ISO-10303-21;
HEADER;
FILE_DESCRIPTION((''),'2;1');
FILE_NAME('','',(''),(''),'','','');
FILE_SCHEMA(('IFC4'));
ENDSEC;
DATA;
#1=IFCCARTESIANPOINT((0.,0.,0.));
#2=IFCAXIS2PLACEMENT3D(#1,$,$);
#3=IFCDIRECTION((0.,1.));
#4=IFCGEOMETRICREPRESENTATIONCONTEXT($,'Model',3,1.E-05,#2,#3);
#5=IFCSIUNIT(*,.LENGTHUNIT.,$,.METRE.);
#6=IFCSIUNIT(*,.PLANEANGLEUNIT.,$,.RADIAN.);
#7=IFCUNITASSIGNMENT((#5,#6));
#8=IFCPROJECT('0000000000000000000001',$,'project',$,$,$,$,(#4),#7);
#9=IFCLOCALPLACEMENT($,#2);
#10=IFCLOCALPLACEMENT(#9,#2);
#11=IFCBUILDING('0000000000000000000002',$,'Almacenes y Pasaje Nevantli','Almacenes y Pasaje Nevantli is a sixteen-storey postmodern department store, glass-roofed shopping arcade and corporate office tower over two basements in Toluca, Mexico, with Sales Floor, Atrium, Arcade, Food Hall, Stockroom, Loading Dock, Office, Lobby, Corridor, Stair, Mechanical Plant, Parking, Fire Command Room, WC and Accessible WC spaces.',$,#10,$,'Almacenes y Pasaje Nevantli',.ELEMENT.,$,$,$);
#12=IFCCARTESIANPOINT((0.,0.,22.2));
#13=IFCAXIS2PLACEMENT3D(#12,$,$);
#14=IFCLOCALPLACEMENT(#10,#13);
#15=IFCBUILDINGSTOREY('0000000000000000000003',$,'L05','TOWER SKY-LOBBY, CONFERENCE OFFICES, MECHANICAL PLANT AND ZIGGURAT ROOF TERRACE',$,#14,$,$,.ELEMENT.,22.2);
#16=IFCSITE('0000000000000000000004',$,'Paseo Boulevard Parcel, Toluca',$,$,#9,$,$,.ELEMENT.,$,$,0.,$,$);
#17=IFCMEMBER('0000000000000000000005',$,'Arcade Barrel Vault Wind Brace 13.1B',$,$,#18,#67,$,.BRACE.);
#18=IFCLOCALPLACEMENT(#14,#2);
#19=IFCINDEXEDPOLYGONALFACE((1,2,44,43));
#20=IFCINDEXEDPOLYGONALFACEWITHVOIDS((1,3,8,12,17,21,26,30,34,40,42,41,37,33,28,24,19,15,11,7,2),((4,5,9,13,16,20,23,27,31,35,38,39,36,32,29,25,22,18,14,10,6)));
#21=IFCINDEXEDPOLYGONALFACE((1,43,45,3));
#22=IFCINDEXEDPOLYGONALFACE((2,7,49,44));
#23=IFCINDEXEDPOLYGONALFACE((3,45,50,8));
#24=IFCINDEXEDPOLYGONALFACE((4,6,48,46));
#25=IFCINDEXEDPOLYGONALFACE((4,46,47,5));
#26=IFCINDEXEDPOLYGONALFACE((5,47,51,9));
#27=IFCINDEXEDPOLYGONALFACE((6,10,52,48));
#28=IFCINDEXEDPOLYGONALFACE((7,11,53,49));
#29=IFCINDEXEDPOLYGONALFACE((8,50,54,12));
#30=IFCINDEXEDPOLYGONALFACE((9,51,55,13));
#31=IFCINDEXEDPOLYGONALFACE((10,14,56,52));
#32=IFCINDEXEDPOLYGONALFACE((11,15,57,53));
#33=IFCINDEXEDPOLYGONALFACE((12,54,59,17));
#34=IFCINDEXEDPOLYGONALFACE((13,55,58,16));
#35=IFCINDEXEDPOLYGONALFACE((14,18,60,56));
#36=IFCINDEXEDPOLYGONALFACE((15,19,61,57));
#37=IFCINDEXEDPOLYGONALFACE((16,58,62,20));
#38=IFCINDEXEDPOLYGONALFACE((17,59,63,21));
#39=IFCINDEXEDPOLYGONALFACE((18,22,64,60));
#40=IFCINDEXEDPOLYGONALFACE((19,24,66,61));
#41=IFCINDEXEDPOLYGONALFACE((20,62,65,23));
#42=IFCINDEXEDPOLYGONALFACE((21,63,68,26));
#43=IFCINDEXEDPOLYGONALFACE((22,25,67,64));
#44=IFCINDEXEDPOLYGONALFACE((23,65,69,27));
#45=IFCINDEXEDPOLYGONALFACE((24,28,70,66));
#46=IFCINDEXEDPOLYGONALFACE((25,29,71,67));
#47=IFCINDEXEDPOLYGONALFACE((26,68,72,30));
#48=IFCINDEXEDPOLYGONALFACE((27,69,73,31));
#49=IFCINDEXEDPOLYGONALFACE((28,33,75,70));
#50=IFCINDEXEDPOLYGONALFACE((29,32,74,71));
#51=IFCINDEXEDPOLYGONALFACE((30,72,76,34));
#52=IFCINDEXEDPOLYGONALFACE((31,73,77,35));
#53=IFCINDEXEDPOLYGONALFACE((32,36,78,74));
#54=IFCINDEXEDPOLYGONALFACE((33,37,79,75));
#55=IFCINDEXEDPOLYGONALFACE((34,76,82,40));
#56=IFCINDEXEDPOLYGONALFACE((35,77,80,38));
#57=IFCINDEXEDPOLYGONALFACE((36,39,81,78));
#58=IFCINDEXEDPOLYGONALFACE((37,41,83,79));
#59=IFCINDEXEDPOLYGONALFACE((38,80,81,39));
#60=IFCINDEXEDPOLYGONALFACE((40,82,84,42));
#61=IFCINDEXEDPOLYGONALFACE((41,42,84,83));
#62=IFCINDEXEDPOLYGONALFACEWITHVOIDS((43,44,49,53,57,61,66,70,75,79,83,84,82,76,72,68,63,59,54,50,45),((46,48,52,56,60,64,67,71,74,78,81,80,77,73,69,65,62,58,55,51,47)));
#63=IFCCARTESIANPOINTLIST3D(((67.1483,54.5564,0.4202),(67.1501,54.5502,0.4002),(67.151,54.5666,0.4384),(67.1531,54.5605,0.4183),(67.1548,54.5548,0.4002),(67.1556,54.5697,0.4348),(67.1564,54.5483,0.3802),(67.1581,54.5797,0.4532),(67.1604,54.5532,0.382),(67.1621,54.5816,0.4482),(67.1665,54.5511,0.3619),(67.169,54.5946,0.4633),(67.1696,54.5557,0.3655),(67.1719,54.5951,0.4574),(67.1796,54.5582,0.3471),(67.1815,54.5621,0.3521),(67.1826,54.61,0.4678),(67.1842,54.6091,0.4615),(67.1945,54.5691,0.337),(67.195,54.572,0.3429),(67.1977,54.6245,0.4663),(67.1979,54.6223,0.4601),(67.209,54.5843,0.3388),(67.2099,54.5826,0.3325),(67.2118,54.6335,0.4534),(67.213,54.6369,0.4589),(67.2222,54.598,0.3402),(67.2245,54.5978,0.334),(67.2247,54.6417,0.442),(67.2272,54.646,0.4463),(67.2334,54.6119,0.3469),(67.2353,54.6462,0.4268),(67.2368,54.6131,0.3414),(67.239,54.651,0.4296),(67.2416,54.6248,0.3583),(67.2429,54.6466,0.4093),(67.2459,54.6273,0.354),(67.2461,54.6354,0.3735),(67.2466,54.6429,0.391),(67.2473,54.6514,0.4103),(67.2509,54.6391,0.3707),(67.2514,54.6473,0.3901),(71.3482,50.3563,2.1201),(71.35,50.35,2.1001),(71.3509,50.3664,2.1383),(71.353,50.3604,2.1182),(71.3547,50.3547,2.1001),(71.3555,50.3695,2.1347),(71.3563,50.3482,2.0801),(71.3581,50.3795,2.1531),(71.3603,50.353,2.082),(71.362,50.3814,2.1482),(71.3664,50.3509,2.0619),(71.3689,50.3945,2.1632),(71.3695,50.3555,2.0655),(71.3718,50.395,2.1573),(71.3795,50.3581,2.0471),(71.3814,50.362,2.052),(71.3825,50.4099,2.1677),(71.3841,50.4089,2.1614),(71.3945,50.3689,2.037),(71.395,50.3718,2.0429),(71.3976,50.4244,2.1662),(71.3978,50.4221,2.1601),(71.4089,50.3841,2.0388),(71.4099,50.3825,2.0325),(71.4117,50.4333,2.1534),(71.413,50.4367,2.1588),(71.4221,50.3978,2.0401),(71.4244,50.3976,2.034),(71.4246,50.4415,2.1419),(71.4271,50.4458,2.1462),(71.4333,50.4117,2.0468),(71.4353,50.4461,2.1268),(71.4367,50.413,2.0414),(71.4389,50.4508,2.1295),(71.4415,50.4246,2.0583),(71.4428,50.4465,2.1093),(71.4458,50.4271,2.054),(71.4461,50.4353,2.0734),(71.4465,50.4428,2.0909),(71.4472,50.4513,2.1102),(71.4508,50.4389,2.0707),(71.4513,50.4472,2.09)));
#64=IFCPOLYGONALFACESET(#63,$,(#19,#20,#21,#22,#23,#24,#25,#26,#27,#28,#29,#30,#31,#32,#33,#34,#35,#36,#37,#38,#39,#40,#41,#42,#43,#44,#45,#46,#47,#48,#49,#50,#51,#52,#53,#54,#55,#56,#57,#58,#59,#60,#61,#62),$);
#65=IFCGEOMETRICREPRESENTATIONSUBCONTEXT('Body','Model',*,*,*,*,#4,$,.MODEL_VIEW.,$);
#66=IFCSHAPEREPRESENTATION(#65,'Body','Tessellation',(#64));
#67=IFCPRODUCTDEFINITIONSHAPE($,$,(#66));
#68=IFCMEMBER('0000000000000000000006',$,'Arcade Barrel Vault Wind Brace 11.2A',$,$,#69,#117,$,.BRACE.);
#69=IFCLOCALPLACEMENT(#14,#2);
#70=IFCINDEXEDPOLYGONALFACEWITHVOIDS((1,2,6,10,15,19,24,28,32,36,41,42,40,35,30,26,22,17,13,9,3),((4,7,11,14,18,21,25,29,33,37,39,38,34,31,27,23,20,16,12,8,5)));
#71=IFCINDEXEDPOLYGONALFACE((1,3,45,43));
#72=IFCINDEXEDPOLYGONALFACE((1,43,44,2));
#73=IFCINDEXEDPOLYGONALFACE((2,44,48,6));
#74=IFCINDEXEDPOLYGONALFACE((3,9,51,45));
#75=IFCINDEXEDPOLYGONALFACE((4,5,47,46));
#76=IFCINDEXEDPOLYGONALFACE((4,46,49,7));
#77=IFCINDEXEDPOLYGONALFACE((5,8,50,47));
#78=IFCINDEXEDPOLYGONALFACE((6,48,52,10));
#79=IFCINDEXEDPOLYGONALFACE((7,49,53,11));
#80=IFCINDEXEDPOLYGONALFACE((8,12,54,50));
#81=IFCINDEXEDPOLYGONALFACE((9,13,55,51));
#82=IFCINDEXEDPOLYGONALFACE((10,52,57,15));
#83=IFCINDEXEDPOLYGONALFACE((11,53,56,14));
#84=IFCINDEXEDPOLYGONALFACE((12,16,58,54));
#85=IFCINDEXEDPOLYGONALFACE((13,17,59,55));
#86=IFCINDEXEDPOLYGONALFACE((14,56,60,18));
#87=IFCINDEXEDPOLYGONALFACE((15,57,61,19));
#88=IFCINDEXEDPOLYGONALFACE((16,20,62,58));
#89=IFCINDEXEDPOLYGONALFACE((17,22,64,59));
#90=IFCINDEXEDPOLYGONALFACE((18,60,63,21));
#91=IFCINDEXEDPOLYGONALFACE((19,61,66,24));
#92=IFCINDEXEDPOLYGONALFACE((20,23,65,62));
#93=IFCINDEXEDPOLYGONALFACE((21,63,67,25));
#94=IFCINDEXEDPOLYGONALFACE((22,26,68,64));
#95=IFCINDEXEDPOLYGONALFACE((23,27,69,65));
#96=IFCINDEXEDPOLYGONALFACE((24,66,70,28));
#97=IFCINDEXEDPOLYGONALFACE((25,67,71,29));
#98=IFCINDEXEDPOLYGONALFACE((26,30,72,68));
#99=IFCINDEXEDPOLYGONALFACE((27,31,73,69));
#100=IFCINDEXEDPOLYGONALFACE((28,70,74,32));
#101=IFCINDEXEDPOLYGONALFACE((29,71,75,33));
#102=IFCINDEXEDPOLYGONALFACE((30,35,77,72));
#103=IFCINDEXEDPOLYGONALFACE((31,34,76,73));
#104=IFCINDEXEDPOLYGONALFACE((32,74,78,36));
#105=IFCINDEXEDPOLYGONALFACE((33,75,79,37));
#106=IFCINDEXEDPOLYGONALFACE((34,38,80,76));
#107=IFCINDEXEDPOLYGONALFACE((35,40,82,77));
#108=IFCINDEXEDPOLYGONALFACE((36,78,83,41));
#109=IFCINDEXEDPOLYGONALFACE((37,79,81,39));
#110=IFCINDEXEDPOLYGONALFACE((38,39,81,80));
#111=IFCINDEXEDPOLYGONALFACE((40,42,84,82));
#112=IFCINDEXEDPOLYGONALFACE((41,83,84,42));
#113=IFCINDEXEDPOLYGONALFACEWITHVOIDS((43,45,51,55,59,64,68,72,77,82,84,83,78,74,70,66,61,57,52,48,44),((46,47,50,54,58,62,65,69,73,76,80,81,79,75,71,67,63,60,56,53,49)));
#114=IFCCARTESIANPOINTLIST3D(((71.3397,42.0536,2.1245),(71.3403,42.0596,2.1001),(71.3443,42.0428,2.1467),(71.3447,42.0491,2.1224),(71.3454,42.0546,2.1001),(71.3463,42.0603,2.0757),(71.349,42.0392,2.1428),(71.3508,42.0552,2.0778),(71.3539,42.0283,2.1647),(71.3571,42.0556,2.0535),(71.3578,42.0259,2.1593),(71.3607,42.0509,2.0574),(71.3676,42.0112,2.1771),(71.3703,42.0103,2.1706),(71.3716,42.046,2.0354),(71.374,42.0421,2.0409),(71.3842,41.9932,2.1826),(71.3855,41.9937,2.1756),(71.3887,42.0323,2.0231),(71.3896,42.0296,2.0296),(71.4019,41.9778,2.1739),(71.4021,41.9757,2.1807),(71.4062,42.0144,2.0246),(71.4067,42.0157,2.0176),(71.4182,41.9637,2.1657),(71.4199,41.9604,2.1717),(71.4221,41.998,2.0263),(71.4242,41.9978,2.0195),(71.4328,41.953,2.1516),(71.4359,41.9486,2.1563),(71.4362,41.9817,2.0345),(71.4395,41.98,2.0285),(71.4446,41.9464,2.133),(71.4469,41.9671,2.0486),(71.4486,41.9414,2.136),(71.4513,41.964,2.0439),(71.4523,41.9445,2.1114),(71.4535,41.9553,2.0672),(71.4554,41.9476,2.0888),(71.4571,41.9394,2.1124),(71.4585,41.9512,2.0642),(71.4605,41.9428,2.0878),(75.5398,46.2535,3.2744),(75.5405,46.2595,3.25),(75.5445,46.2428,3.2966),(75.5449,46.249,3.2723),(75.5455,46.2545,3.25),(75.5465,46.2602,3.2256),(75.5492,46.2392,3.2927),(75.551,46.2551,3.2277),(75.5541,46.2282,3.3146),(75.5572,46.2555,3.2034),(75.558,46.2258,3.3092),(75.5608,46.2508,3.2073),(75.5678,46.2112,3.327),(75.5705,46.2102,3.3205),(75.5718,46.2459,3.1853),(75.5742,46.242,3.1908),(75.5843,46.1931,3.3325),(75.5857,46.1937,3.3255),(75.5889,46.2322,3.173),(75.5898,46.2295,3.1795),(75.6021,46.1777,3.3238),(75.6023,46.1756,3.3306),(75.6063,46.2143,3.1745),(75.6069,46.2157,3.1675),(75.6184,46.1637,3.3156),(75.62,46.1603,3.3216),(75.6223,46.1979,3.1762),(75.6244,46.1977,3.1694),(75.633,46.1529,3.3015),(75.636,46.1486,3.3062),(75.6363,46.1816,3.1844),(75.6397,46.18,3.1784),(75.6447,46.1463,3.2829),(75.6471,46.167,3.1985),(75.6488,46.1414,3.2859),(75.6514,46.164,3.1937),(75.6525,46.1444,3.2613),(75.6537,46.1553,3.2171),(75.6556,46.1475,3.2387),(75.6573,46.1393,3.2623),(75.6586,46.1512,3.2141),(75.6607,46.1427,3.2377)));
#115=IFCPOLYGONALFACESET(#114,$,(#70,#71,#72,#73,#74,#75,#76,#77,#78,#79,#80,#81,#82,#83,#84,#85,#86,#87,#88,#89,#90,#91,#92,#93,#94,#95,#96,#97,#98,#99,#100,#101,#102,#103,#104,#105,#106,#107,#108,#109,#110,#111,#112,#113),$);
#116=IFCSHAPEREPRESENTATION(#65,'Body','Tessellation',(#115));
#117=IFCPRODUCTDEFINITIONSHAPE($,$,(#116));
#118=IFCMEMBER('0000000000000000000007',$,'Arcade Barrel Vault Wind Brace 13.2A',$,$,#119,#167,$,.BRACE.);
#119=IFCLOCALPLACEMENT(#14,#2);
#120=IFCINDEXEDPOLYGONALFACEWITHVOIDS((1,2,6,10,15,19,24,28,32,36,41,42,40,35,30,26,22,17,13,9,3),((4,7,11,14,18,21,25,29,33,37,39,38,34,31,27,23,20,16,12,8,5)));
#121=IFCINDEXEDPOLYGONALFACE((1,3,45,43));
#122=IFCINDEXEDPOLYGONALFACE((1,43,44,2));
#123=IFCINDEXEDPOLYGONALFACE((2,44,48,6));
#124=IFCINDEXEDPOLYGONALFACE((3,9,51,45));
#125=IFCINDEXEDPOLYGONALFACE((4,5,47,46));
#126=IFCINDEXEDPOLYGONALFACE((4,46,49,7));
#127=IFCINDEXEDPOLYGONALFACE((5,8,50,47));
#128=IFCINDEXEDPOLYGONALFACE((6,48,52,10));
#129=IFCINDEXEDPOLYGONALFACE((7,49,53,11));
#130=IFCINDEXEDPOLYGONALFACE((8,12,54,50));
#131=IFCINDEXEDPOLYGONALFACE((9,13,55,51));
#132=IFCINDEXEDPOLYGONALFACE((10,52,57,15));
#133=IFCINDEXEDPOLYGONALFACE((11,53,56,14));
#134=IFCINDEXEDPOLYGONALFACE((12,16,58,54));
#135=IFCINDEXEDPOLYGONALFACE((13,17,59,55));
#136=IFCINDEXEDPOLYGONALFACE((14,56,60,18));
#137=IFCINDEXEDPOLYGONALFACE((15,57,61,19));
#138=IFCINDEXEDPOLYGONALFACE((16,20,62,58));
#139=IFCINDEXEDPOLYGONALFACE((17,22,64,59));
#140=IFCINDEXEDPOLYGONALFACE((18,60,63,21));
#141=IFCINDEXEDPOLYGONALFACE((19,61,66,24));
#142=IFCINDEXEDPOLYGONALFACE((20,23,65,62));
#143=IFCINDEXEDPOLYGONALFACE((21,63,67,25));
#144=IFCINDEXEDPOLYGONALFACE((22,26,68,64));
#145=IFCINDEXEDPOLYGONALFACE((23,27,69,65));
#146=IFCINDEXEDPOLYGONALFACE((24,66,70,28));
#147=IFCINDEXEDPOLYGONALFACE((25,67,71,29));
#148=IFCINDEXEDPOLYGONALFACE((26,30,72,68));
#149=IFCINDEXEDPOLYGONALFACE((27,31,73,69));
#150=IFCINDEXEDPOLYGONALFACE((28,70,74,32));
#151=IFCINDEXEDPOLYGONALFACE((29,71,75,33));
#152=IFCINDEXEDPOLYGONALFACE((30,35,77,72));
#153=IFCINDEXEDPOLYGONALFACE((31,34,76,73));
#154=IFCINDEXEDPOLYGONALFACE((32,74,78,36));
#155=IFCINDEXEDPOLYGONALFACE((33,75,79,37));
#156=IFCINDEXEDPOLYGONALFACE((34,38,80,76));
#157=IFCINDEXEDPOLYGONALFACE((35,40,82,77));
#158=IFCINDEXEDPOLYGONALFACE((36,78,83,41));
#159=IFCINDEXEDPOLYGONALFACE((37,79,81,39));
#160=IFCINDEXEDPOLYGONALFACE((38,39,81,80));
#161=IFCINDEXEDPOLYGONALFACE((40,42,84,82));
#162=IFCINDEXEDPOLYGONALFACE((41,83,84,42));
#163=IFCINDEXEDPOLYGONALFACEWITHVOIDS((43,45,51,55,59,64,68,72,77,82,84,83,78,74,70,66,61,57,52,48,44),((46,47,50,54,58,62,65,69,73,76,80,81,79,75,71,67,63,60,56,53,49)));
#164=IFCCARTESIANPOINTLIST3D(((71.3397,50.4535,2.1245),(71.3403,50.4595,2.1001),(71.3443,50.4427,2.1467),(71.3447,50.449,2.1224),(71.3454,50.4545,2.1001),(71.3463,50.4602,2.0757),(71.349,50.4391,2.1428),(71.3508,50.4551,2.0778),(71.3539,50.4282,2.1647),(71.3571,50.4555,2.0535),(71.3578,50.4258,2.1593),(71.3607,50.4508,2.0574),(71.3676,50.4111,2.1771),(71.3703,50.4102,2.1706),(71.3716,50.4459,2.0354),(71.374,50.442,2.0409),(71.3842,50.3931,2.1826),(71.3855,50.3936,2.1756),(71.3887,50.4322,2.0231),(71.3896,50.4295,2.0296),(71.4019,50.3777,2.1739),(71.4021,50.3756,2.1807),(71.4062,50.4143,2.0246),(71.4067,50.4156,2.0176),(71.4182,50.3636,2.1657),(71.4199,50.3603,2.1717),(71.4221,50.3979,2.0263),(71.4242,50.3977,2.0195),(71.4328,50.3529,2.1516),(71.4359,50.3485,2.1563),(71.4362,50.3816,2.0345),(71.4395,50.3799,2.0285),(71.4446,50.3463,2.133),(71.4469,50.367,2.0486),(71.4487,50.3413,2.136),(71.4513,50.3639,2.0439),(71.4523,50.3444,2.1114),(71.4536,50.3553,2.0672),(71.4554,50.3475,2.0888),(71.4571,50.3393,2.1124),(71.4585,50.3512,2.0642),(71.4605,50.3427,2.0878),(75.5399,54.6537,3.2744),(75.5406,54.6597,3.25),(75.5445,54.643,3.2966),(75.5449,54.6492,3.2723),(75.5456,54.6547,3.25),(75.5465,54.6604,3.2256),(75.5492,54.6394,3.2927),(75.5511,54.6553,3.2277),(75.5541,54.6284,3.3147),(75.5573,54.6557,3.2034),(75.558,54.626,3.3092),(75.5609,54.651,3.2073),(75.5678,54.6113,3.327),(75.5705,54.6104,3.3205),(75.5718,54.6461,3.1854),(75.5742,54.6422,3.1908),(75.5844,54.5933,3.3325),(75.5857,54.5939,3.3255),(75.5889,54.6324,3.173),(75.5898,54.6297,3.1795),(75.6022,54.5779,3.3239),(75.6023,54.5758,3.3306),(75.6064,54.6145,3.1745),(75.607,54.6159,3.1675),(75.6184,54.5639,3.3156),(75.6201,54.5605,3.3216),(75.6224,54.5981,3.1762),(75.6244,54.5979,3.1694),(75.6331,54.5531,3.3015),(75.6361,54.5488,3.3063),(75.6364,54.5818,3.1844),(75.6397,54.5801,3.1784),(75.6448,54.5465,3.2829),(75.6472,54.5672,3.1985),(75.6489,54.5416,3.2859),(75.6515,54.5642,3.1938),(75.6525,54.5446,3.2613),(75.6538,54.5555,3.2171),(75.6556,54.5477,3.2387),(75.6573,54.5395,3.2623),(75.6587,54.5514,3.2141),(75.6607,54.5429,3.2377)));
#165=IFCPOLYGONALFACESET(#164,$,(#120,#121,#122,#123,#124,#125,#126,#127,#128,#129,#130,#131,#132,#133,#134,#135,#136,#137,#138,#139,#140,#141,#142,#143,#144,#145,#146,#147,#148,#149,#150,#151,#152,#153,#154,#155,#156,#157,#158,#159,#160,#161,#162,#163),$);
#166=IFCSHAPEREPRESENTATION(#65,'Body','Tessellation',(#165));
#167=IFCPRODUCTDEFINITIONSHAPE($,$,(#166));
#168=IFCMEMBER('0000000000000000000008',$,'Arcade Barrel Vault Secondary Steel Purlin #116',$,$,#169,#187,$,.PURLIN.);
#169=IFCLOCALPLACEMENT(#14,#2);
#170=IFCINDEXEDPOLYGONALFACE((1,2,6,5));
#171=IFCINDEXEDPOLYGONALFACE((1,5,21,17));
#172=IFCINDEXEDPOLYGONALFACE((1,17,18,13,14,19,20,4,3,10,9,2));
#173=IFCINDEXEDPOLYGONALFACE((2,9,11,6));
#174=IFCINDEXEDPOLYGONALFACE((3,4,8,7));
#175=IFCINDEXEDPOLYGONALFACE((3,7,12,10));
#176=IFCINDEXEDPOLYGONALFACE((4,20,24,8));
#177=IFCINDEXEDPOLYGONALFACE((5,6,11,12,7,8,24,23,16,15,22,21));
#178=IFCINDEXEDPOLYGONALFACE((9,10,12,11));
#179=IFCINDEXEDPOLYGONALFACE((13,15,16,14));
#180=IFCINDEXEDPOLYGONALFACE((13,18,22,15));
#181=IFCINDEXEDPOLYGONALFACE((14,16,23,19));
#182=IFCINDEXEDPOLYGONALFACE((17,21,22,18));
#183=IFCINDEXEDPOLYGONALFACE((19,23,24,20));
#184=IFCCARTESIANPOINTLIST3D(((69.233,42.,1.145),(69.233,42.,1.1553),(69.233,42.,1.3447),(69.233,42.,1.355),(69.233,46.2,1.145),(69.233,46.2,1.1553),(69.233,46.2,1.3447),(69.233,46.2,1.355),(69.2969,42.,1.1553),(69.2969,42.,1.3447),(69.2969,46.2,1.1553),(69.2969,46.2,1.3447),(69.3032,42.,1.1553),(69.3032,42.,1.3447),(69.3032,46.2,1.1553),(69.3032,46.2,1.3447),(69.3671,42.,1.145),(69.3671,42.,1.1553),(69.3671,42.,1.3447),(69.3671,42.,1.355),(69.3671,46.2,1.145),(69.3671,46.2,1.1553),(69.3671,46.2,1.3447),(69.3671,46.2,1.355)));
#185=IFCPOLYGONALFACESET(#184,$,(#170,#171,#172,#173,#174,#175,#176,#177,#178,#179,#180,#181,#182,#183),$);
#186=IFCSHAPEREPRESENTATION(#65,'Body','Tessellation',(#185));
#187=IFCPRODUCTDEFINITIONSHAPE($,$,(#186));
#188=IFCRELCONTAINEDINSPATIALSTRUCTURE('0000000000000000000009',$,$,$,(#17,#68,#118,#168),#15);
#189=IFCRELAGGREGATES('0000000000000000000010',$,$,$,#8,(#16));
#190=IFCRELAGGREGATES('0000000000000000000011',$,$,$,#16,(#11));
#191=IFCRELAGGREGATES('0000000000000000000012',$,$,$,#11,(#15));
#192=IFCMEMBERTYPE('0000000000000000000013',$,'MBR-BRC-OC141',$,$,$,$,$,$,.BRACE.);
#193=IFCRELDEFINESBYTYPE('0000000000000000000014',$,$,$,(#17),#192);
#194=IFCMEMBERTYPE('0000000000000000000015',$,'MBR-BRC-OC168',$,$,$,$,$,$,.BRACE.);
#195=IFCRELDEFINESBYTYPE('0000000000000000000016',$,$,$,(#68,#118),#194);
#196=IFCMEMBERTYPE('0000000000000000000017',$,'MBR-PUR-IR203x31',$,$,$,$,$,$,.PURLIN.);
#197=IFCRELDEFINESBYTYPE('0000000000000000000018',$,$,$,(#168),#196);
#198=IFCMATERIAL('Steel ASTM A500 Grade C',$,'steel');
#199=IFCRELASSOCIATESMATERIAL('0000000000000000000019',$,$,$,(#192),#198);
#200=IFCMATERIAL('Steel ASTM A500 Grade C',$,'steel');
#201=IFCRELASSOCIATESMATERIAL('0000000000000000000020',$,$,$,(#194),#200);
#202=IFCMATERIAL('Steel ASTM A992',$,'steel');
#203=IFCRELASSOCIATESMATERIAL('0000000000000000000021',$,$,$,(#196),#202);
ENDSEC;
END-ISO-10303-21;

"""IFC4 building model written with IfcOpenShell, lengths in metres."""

from ifc_helpers import new_model, si_unit, direction, frame, origin, origin_2d, place, context, subcontext, project, spatial, hollow_circle, i_section, extrude, material, material_profile, profile_set, type_object, element, save


model = new_model("IFC4")

# Units and contexts
model_context = context("Model", 3, precision=1e-05, world=origin(), true_north=direction((0.0, 1.0)))
body_context = subcontext(model_context, "Body", "Model", "MODEL_VIEW")
ifc_project = project(units=[si_unit("LENGTHUNIT", "METRE"), si_unit("PLANEANGLEUNIT", "RADIAN")], contexts=[model_context])

# Site, building, storey
site_placement = place(None, origin())
site = spatial("IfcSite", under=ifc_project, at=site_placement, Name="Paseo Boulevard Parcel, Toluca", CompositionType="ELEMENT", RefElevation=0.0)
building_placement = place(site_placement, origin())
building = spatial("IfcBuilding", under=site, at=building_placement, Name="Almacenes y Pasaje Nevantli", Description="Almacenes y Pasaje Nevantli is a sixteen-storey postmodern department store, glass-roofed shopping arcade and corporate office tower over two basements in Toluca, Mexico, with Sales Floor, Atrium, Arcade, Food Hall, Stockroom, Loading Dock, Office, Lobby, Corridor, Stair, Mechanical Plant, Parking, Fire Command Room, WC and Accessible WC spaces.", LongName="Almacenes y Pasaje Nevantli", CompositionType="ELEMENT")
storey_placement = place(building_placement, frame((0.0, 0.0, 22.2)))
storey = spatial("IfcBuildingStorey", under=building, at=storey_placement, Name="L05", Description="TOWER SKY-LOBBY, CONFERENCE OFFICES, MECHANICAL PLANT AND ZIGGURAT ROOF TERRACE", CompositionType="ELEMENT", Elevation=22.2)

# Members
ifc_material_1 = material(Name="Steel ASTM A500 Grade C", Category="steel")
ifc_material_profile_1 = material_profile(ifc_material_1, hollow_circle(Radius=0.0706, WallThickness=0.0066, at=origin_2d()), Name="OC 141x6.6")
ifc_profile_set_1 = profile_set([ifc_material_profile_1], Name="Steel ASTM A500 Grade C")
member_type_1 = type_object("IfcMemberType", Name="MBR-BRC-OC141", PredefinedType="BRACE", material=ifc_profile_set_1)
for number, where, z_axis, x_axis, name in (
    (1, (71.3999, 50.3999, 2.1001), (-0.679794, 0.679833, -0.27515), (-0.707127, -0.707086, 0.0), "Arcade Barrel Vault Wind Brace 13.1B"),
):
    element("IfcMember", number, at=place(storey_placement, frame(where, z_axis=z_axis, x_axis=x_axis)), inside=storey, type_object=member_type_1, Name=name, PredefinedType="BRACE", context=body_context, shape_type="SweptSolid", body=[
        extrude(hollow_circle(Radius=0.0706, WallThickness=0.0066, at=origin_2d()), origin(), (0.0, 0.0, 1.0), 6.1782),
    ])
ifc_material_2 = material(Name="Steel ASTM A500 Grade C", Category="steel")
ifc_material_profile_2 = material_profile(ifc_material_2, hollow_circle(Radius=0.0842, WallThickness=0.0071, at=origin_2d()), Name="OC 168x7.1")
ifc_profile_set_2 = profile_set([ifc_material_profile_2], Name="Steel ASTM A500 Grade C")
member_type_2 = type_object("IfcMemberType", Name="MBR-BRC-OC168", PredefinedType="BRACE", material=ifc_profile_set_2)
member_1_placement = place(storey_placement, frame((71.3999, 42.0, 2.1001), z_axis=(0.694238, 0.694197, 0.190064), x_axis=(-0.707086, 0.707127, 0.0)))
element("IfcMember", 2, at=member_1_placement, inside=storey, type_object=member_type_2, Name="Arcade Barrel Vault Wind Brace 11.2A", PredefinedType="BRACE", context=body_context, shape_type="SweptSolid", body=[
    extrude(hollow_circle(Radius=0.0842, WallThickness=0.0071, at=origin_2d()), origin(), (0.0, 0.0, 1.0), 6.05),
])
member_2_placement = place(storey_placement, frame((71.3999, 50.3999, 2.1001), z_axis=(0.694218, 0.694218, 0.190059), x_axis=(-0.707107, 0.707107, 0.0)))
element("IfcMember", 3, at=member_2_placement, inside=storey, type_object=member_type_2, Name="Arcade Barrel Vault Wind Brace 13.2A", PredefinedType="BRACE", context=body_context, shape_type="SweptSolid", body=[
    extrude(hollow_circle(Radius=0.0842, WallThickness=0.0071, at=origin_2d()), origin(), (0.0, 0.0, 1.0), 6.0503),
])
ifc_material_3 = material(Name="Steel ASTM A992", Category="steel")
ifc_material_profile_3 = material_profile(ifc_material_3, i_section(OverallWidth=0.134, OverallDepth=0.21, WebThickness=0.0063, FlangeThickness=0.0103, at=origin_2d()), Name="IR 203x31.3")
ifc_profile_set_3 = profile_set([ifc_material_profile_3], Name="Steel ASTM A992")
member_type_3 = type_object("IfcMemberType", Name="MBR-PUR-IR203x31", PredefinedType="PURLIN", material=ifc_profile_set_3)
for number, where, z_axis, x_axis, name in (
    (4, (69.3, 42.0, 1.25), (0.0, 1.0, 0.0), (-1.0, 0.0, 0.0), "Arcade Barrel Vault Secondary Steel Purlin #116"),
):
    element("IfcMember", number, at=place(storey_placement, frame(where, z_axis=z_axis, x_axis=x_axis)), inside=storey, type_object=member_type_3, Name=name, PredefinedType="PURLIN", context=body_context, shape_type="SweptSolid", body=[
        extrude(i_section(OverallWidth=0.134, OverallDepth=0.21, WebThickness=0.0063, FlangeThickness=0.0103, at=origin_2d()), origin(), (0.0, 0.0, 1.0), 4.2),
    ])

save(model, "model.ifc")
